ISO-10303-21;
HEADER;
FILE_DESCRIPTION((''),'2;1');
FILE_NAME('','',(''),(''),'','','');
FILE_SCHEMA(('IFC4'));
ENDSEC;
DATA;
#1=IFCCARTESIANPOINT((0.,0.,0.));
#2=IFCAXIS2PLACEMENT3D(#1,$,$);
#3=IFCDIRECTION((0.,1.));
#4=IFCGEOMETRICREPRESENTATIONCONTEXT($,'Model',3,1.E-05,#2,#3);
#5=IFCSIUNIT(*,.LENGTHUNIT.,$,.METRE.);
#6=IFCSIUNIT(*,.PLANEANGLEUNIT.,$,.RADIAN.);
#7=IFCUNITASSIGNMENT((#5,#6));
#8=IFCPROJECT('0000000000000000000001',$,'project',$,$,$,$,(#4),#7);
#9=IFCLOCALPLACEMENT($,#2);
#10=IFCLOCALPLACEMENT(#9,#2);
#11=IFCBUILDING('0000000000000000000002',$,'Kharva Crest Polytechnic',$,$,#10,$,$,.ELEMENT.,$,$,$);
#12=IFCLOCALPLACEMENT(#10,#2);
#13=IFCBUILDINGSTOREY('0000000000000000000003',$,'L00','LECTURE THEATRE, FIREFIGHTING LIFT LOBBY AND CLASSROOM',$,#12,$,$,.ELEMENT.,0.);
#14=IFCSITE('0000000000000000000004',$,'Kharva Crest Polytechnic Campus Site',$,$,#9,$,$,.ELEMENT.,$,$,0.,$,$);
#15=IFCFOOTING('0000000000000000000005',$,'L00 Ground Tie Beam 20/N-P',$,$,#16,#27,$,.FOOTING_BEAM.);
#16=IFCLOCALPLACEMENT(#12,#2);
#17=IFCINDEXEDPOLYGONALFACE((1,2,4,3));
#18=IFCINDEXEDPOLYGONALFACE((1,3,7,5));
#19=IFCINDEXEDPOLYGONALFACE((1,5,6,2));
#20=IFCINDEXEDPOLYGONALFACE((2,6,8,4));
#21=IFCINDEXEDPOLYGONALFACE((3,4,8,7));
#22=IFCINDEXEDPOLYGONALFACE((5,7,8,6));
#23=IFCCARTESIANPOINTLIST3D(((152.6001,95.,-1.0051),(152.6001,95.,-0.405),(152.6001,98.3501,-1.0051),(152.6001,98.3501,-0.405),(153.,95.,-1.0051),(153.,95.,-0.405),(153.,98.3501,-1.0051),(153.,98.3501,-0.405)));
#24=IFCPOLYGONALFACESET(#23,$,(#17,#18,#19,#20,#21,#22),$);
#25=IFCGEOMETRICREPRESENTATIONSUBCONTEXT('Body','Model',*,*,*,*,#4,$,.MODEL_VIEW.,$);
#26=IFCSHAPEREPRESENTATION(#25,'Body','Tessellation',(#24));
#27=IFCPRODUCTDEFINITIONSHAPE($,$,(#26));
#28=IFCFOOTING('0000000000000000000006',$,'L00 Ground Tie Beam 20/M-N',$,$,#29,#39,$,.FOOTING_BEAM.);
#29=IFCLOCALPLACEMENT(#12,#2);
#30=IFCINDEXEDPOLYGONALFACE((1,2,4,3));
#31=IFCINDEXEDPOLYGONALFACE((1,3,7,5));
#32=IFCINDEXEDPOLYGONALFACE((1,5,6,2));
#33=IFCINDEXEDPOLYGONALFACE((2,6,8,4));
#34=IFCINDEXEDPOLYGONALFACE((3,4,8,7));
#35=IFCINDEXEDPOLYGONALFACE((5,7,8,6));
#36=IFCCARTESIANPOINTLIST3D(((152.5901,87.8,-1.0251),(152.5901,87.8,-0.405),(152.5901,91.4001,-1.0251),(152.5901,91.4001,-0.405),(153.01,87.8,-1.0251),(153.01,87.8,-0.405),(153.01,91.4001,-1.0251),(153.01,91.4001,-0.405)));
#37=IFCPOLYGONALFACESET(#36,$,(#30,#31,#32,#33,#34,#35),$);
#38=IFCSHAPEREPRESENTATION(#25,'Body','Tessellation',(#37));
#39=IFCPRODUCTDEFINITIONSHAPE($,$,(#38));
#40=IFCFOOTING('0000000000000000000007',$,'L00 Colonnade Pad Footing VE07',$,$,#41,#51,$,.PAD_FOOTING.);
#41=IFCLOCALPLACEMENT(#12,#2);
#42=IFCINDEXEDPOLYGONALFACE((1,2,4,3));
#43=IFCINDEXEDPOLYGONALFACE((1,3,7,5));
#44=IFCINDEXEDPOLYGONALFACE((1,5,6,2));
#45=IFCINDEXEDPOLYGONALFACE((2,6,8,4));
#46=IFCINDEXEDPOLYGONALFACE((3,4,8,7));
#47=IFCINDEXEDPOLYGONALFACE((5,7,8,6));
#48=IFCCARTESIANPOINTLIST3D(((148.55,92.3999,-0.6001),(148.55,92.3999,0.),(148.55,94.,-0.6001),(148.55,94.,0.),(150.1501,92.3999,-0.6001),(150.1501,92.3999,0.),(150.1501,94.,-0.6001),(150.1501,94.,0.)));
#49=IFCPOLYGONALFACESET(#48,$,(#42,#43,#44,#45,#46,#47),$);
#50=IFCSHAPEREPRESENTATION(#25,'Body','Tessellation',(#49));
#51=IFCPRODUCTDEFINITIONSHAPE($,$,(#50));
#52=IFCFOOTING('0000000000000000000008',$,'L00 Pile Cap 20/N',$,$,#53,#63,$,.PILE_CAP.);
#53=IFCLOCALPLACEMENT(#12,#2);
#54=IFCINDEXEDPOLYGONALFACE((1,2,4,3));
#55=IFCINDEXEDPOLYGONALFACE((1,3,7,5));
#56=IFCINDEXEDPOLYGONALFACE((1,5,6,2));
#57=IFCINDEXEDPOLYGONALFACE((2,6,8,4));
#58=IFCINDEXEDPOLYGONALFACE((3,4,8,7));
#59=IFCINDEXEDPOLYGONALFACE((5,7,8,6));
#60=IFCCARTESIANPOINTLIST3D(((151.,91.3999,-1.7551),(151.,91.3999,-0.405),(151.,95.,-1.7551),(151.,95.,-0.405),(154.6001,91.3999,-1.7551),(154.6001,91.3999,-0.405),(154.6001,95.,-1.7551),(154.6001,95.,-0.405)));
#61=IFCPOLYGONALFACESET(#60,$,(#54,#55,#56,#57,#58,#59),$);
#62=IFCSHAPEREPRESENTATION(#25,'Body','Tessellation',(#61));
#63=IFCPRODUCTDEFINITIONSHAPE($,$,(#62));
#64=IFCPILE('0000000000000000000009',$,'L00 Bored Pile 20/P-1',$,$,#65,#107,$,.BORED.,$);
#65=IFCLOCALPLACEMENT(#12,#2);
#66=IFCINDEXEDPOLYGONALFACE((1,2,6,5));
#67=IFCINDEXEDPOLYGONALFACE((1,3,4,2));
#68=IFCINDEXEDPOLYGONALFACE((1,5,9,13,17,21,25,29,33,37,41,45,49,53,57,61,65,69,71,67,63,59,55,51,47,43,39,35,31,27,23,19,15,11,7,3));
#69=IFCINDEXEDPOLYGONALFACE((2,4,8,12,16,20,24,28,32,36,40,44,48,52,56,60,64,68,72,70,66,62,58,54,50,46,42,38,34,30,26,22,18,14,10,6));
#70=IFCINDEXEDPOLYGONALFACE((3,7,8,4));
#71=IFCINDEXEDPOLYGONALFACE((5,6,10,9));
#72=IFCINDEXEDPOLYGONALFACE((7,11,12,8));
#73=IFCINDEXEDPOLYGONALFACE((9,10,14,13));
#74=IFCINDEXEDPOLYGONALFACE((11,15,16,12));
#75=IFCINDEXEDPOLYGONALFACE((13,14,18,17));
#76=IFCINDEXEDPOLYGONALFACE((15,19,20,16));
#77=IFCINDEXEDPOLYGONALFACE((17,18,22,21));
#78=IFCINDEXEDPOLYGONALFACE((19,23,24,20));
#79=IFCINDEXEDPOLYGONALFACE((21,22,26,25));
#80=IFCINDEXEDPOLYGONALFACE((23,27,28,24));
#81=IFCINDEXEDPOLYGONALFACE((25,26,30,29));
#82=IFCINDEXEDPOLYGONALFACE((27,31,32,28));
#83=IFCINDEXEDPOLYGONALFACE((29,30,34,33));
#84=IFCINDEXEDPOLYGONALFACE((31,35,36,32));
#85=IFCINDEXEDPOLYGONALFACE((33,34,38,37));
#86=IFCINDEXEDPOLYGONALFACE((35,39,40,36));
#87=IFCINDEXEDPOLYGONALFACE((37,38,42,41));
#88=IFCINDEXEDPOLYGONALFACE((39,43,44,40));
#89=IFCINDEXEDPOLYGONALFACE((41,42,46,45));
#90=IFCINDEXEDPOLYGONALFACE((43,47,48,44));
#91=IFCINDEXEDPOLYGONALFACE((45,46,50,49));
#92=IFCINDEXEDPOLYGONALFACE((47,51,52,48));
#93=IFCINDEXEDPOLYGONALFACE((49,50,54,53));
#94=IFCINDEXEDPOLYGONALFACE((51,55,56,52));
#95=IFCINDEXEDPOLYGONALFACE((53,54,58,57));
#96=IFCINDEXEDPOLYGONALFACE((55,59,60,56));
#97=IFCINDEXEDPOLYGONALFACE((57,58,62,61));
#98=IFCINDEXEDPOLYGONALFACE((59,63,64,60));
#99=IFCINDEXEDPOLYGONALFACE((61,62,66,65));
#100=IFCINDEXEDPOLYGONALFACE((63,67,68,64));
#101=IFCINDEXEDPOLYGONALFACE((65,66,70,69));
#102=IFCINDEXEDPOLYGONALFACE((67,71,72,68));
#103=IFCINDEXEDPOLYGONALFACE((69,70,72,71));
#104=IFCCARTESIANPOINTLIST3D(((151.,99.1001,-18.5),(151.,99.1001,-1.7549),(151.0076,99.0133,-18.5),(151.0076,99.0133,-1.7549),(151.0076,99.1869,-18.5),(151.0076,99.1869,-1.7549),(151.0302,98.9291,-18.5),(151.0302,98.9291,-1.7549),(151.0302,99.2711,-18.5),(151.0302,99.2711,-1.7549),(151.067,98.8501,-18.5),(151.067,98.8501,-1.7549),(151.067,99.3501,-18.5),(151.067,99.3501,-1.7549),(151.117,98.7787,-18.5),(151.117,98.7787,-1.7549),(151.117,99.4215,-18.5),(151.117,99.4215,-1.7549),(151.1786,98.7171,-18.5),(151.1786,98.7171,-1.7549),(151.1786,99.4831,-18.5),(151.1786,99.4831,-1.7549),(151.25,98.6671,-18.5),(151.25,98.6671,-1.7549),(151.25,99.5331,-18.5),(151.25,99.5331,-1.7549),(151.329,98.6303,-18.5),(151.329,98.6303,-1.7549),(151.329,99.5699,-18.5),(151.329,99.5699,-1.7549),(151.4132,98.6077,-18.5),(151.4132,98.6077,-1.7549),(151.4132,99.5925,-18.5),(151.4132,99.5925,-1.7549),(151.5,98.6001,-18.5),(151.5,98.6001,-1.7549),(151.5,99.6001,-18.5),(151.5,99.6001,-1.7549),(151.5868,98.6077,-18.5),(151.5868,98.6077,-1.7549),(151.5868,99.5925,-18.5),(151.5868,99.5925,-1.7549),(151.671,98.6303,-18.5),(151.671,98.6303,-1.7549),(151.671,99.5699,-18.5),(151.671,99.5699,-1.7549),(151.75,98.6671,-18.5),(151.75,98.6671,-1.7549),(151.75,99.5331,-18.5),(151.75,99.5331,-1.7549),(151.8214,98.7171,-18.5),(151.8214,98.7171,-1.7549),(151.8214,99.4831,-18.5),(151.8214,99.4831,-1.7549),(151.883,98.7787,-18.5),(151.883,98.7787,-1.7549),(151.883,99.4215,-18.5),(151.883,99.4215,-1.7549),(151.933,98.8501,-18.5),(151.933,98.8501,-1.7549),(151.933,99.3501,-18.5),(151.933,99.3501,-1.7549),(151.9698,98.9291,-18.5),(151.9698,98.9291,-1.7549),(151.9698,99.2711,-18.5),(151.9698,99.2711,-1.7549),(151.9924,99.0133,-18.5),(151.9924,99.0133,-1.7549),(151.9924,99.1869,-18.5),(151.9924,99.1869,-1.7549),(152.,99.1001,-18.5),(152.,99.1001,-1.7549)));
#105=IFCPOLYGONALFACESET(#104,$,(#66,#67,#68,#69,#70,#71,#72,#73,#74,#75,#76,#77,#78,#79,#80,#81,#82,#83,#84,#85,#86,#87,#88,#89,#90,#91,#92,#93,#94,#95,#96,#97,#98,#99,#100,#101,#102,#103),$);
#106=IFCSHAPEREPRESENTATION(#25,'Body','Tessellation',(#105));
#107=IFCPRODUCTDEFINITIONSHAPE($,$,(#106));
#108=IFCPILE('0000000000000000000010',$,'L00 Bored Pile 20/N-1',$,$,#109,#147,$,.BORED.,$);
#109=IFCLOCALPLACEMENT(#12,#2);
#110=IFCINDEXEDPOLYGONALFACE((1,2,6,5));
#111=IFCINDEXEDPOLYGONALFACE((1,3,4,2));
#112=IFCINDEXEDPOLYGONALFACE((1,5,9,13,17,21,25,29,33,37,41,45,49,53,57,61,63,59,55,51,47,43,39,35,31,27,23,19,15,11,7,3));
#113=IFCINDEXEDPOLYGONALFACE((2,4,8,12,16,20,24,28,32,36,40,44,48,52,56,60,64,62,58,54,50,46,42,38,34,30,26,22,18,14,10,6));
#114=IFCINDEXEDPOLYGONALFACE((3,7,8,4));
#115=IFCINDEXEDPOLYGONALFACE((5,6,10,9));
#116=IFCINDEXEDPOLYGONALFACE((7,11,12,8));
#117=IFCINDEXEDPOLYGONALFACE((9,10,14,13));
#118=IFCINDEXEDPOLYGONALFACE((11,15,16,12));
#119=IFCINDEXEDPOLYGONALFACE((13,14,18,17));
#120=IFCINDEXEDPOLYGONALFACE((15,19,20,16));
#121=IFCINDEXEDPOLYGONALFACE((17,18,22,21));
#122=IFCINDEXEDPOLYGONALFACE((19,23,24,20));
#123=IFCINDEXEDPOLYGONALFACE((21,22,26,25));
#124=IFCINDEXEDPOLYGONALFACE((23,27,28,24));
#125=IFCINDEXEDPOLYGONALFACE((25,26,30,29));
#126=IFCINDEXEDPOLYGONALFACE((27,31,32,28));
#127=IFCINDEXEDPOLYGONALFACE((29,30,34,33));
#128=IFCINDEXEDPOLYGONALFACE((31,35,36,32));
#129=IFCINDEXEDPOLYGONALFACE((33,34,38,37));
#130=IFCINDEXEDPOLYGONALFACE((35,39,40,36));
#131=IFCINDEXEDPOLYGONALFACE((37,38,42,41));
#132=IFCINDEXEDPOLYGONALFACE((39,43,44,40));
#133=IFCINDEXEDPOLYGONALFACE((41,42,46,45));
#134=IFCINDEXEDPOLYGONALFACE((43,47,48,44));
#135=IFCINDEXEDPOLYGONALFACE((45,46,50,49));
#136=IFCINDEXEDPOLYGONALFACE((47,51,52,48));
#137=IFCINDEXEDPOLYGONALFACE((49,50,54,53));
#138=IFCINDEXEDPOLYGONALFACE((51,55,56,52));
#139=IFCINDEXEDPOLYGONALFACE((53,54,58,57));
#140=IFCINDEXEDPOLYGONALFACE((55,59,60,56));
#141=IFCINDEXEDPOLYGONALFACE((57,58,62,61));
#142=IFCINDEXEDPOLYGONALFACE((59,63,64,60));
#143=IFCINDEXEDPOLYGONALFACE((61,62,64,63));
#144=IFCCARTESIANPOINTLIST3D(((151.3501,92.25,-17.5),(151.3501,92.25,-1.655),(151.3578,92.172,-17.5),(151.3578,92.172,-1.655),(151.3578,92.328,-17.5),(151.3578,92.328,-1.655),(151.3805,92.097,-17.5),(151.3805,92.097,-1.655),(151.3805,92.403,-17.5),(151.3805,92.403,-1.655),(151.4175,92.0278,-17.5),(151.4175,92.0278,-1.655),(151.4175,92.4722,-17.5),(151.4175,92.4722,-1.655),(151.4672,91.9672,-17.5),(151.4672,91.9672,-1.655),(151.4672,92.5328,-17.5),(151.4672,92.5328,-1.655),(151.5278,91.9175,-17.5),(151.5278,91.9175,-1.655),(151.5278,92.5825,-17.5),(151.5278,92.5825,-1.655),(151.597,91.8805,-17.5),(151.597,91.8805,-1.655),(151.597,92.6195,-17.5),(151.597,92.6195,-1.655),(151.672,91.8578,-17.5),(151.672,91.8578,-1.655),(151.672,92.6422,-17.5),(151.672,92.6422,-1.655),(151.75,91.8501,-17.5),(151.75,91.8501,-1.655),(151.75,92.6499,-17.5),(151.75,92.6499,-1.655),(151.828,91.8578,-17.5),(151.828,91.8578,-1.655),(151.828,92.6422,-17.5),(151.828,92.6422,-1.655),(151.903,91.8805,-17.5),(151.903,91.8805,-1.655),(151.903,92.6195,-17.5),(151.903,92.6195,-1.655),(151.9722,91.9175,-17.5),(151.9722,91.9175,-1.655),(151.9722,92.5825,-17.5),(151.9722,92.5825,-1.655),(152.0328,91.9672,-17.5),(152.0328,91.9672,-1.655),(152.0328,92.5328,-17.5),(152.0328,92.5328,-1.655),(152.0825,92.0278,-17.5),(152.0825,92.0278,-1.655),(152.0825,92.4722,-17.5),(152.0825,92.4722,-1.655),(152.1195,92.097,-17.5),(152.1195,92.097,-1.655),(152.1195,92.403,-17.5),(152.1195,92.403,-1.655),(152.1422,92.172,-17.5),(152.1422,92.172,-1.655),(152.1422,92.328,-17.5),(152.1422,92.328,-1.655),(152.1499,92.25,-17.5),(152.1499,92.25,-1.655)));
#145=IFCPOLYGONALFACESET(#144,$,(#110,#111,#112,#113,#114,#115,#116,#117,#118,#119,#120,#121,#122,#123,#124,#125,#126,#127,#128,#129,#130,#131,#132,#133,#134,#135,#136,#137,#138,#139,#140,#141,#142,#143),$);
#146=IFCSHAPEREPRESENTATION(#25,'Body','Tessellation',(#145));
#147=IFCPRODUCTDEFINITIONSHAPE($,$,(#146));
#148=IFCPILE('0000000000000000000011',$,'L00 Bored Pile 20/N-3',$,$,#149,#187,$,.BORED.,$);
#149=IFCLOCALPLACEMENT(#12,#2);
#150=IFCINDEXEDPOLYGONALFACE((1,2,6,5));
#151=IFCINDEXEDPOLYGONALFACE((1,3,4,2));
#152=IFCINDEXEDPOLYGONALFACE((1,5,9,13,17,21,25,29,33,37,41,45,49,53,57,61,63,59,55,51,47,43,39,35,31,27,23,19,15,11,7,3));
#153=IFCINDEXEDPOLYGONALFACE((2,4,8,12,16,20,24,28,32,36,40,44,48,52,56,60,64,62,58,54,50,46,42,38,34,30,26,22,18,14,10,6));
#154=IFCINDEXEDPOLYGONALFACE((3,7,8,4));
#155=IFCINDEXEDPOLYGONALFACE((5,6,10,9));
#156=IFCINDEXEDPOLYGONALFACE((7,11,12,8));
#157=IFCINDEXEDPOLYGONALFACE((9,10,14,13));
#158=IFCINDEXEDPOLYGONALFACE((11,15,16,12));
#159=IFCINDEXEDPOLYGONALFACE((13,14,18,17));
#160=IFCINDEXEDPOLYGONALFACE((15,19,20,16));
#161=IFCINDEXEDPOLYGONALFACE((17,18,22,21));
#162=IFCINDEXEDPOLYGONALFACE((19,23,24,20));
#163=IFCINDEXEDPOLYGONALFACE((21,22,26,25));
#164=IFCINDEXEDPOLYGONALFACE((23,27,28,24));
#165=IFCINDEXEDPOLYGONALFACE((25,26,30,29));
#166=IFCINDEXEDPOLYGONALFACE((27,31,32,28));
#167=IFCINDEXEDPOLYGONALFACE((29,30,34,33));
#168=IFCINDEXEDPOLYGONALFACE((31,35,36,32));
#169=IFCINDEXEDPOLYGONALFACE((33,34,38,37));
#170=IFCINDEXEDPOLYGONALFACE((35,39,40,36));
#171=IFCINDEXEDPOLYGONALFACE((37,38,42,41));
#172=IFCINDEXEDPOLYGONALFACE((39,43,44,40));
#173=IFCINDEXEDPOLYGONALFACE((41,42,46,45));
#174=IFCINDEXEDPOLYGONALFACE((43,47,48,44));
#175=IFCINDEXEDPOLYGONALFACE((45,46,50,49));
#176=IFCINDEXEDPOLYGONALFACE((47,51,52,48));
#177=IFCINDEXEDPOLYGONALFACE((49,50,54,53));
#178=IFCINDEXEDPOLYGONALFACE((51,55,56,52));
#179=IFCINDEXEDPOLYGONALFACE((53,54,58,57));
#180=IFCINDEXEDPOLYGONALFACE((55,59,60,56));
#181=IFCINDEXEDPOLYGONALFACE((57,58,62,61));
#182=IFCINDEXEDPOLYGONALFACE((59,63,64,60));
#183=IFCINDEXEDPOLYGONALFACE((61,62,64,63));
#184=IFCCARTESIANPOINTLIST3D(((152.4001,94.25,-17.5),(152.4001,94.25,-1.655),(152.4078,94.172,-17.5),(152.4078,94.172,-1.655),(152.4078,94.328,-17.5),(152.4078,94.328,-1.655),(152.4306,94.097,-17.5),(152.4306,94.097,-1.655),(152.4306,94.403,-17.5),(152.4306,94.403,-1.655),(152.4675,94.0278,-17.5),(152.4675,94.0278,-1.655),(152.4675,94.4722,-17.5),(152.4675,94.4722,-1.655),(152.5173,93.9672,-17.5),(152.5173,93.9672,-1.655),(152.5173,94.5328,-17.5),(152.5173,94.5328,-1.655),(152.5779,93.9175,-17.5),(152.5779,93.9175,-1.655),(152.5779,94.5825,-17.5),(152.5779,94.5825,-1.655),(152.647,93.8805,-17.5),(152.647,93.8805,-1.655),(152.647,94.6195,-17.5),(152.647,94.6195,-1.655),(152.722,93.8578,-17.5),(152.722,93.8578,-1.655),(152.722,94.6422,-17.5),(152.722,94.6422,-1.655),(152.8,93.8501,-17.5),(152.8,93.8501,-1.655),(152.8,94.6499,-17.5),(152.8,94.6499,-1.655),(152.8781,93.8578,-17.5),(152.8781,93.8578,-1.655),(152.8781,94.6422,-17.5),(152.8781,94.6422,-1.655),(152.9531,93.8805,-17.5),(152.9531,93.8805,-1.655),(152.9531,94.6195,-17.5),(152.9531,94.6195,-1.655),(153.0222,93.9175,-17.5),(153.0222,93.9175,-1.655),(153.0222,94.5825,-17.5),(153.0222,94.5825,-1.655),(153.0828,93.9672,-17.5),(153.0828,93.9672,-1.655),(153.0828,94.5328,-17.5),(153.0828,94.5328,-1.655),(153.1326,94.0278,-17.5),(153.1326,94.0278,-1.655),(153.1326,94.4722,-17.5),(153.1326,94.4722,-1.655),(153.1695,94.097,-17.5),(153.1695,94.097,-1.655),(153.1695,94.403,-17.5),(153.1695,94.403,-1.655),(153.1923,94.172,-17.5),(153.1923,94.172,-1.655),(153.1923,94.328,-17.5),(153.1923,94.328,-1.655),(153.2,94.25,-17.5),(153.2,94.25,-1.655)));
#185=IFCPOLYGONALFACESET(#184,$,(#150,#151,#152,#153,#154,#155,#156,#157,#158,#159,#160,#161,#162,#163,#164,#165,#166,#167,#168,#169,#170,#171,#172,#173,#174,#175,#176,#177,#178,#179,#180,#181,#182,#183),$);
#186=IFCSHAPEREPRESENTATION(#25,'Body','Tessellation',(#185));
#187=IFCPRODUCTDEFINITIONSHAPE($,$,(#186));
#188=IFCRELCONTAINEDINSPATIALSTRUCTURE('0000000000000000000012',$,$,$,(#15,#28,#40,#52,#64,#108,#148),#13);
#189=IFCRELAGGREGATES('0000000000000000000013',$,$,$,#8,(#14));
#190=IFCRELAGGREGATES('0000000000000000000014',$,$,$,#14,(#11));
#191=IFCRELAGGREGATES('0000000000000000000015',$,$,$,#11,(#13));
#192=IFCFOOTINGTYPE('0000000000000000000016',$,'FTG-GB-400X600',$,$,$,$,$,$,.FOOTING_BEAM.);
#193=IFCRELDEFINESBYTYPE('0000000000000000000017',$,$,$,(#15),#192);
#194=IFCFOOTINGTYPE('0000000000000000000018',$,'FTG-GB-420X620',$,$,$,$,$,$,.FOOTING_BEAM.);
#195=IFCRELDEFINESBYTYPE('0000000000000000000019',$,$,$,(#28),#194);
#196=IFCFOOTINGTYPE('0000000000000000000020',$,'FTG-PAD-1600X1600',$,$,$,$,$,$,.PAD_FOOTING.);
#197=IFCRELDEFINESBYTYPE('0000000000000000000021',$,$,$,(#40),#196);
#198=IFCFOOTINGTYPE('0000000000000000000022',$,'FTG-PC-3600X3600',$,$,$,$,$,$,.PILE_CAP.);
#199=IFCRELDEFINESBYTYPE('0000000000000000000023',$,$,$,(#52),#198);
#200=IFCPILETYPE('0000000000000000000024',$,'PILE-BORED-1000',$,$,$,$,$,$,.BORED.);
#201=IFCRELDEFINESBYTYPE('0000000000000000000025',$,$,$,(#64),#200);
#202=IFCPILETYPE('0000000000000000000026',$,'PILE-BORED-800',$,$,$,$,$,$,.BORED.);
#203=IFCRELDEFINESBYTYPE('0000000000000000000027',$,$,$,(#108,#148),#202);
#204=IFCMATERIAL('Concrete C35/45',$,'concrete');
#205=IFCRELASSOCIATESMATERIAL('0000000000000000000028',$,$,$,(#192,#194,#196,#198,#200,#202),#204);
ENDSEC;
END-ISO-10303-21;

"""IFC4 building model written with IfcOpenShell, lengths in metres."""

from ifc_helpers import new_model, si_unit, direction, frame, origin, origin_2d, place, context, subcontext, project, spatial, rectangle, circle, extrude, material, material_profile, profile_set, type_object, element, save


model = new_model("IFC4")

# Units and contexts
model_context = context("Model", 3, precision=1e-05, world=origin(), true_north=direction((0.0, 1.0)))
body_context = subcontext(model_context, "Body", "Model", "MODEL_VIEW")
ifc_project = project(units=[si_unit("LENGTHUNIT", "METRE"), si_unit("PLANEANGLEUNIT", "RADIAN")], contexts=[model_context])

# Site, building, storey
site_placement = place(None, origin())
site = spatial("IfcSite", under=ifc_project, at=site_placement, Name="Kharva Crest Polytechnic Campus Site", CompositionType="ELEMENT", RefElevation=0.0)
building_placement = place(site_placement, origin())
building = spatial("IfcBuilding", under=site, at=building_placement, Name="Kharva Crest Polytechnic", CompositionType="ELEMENT")
storey_placement = place(building_placement, origin())
storey = spatial("IfcBuildingStorey", under=building, at=storey_placement, Name="L00", Description="LECTURE THEATRE, FIREFIGHTING LIFT LOBBY AND CLASSROOM", CompositionType="ELEMENT", Elevation=0.0)

# Footings
ifc_material_1 = material(Name="Concrete C35/45", Category="concrete")
footing_type_1 = type_object("IfcFootingType", Name="FTG-GB-400X600", PredefinedType="FOOTING_BEAM", material=ifc_material_1)
footing_1_placement = place(storey_placement, frame((152.8, 96.675, -1.0051), z_axis=(0.0, 0.0, 1.0), x_axis=(0.0, 1.0, 0.0)))
element("IfcFooting", 1, at=footing_1_placement, inside=storey, type_object=footing_type_1, Name="L00 Ground Tie Beam 20/N-P", PredefinedType="FOOTING_BEAM", context=body_context, shape_type="SweptSolid", body=[
    extrude(rectangle(XDim=3.3501, YDim=0.3999, at=origin_2d()), origin(), (0.0, 0.0, 1.0), 0.6001),
])
footing_type_2 = type_object("IfcFootingType", Name="FTG-GB-420X620", PredefinedType="FOOTING_BEAM", material=ifc_material_1)
footing_2_placement = place(storey_placement, frame((152.8, 89.6001, -1.0251), z_axis=(0.0, 0.0, 1.0), x_axis=(0.0, 1.0, 0.0)))
element("IfcFooting", 2, at=footing_2_placement, inside=storey, type_object=footing_type_2, Name="L00 Ground Tie Beam 20/M-N", PredefinedType="FOOTING_BEAM", context=body_context, shape_type="SweptSolid", body=[
    extrude(rectangle(XDim=3.6001, YDim=0.4199, at=origin_2d()), origin(), (0.0, 0.0, 1.0), 0.6201),
])
footing_type_3 = type_object("IfcFootingType", Name="FTG-PAD-1600X1600", PredefinedType="PAD_FOOTING", material=ifc_material_1)
footing_3_placement = place(storey_placement, frame((149.3501, 93.2, -0.6001), z_axis=(0.0, 0.0, 1.0), x_axis=(1.0, 0.0, 0.0)))
element("IfcFooting", 3, at=footing_3_placement, inside=storey, type_object=footing_type_3, Name="L00 Colonnade Pad Footing VE07", PredefinedType="PAD_FOOTING", context=body_context, shape_type="SweptSolid", body=[
    extrude(rectangle(XDim=1.6001, YDim=1.6001, at=origin_2d()), origin(), (0.0, 0.0, 1.0), 0.6001),
])
footing_type_4 = type_object("IfcFootingType", Name="FTG-PC-3600X3600", PredefinedType="PILE_CAP", material=ifc_material_1)
footing_4_placement = place(storey_placement, frame((152.8, 93.2, -1.7551), z_axis=(0.0, 0.0, 1.0), x_axis=(1.0, 0.0, 0.0)))
element("IfcFooting", 4, at=footing_4_placement, inside=storey, type_object=footing_type_4, Name="L00 Pile Cap 20/N", PredefinedType="PILE_CAP", context=body_context, shape_type="SweptSolid", body=[
    extrude(rectangle(XDim=3.6001, YDim=3.6001, at=origin_2d()), origin(), (0.0, 0.0, 1.0), 1.3501),
])

# Piles
ifc_material_profile_1 = material_profile(ifc_material_1, circle(Radius=0.5, at=origin_2d()), Name="DIA 1000")
ifc_profile_set_1 = profile_set([ifc_material_profile_1], Name="Concrete C35/45")
pile_type_1 = type_object("IfcPileType", Name="PILE-BORED-1000", PredefinedType="BORED", material=ifc_profile_set_1)
pile_placement = place(storey_placement, frame((151.5, 99.1001, -1.7549), z_axis=(0.0, 0.0, -1.0), x_axis=(1.0, 0.0, 0.0)))
element("IfcPile", 5, at=pile_placement, inside=storey, type_object=pile_type_1, Name="L00 Bored Pile 20/P-1", PredefinedType="BORED", context=body_context, shape_type="SweptSolid", body=[
    extrude(circle(Radius=0.5, at=origin_2d()), origin(), (0.0, 0.0, 1.0), 16.7451),
])
ifc_material_profile_2 = material_profile(ifc_material_1, circle(Radius=0.3999, at=origin_2d()), Name="DIA 800")
ifc_profile_set_2 = profile_set([ifc_material_profile_2], Name="Concrete C35/45")
pile_type_2 = type_object("IfcPileType", Name="PILE-BORED-800", PredefinedType="BORED", material=ifc_profile_set_2)
for number, where, z_axis, x_axis, name in (
    (6, (151.75, 92.25, -1.655), (0.0, 0.0, -1.0), (1.0, 0.0, 0.0), "L00 Bored Pile 20/N-1"),
    (7, (152.8, 94.25, -1.655), (0.0, 0.0, -1.0), (1.0, 0.0, 0.0), "L00 Bored Pile 20/N-3"),
):
    element("IfcPile", number, at=place(storey_placement, frame(where, z_axis=z_axis, x_axis=x_axis)), inside=storey, type_object=pile_type_2, Name=name, PredefinedType="BORED", context=body_context, shape_type="SweptSolid", body=[
        extrude(circle(Radius=0.3999, at=origin_2d()), origin(), (0.0, 0.0, 1.0), 15.845),
    ])

save(model, "model.ifc")
